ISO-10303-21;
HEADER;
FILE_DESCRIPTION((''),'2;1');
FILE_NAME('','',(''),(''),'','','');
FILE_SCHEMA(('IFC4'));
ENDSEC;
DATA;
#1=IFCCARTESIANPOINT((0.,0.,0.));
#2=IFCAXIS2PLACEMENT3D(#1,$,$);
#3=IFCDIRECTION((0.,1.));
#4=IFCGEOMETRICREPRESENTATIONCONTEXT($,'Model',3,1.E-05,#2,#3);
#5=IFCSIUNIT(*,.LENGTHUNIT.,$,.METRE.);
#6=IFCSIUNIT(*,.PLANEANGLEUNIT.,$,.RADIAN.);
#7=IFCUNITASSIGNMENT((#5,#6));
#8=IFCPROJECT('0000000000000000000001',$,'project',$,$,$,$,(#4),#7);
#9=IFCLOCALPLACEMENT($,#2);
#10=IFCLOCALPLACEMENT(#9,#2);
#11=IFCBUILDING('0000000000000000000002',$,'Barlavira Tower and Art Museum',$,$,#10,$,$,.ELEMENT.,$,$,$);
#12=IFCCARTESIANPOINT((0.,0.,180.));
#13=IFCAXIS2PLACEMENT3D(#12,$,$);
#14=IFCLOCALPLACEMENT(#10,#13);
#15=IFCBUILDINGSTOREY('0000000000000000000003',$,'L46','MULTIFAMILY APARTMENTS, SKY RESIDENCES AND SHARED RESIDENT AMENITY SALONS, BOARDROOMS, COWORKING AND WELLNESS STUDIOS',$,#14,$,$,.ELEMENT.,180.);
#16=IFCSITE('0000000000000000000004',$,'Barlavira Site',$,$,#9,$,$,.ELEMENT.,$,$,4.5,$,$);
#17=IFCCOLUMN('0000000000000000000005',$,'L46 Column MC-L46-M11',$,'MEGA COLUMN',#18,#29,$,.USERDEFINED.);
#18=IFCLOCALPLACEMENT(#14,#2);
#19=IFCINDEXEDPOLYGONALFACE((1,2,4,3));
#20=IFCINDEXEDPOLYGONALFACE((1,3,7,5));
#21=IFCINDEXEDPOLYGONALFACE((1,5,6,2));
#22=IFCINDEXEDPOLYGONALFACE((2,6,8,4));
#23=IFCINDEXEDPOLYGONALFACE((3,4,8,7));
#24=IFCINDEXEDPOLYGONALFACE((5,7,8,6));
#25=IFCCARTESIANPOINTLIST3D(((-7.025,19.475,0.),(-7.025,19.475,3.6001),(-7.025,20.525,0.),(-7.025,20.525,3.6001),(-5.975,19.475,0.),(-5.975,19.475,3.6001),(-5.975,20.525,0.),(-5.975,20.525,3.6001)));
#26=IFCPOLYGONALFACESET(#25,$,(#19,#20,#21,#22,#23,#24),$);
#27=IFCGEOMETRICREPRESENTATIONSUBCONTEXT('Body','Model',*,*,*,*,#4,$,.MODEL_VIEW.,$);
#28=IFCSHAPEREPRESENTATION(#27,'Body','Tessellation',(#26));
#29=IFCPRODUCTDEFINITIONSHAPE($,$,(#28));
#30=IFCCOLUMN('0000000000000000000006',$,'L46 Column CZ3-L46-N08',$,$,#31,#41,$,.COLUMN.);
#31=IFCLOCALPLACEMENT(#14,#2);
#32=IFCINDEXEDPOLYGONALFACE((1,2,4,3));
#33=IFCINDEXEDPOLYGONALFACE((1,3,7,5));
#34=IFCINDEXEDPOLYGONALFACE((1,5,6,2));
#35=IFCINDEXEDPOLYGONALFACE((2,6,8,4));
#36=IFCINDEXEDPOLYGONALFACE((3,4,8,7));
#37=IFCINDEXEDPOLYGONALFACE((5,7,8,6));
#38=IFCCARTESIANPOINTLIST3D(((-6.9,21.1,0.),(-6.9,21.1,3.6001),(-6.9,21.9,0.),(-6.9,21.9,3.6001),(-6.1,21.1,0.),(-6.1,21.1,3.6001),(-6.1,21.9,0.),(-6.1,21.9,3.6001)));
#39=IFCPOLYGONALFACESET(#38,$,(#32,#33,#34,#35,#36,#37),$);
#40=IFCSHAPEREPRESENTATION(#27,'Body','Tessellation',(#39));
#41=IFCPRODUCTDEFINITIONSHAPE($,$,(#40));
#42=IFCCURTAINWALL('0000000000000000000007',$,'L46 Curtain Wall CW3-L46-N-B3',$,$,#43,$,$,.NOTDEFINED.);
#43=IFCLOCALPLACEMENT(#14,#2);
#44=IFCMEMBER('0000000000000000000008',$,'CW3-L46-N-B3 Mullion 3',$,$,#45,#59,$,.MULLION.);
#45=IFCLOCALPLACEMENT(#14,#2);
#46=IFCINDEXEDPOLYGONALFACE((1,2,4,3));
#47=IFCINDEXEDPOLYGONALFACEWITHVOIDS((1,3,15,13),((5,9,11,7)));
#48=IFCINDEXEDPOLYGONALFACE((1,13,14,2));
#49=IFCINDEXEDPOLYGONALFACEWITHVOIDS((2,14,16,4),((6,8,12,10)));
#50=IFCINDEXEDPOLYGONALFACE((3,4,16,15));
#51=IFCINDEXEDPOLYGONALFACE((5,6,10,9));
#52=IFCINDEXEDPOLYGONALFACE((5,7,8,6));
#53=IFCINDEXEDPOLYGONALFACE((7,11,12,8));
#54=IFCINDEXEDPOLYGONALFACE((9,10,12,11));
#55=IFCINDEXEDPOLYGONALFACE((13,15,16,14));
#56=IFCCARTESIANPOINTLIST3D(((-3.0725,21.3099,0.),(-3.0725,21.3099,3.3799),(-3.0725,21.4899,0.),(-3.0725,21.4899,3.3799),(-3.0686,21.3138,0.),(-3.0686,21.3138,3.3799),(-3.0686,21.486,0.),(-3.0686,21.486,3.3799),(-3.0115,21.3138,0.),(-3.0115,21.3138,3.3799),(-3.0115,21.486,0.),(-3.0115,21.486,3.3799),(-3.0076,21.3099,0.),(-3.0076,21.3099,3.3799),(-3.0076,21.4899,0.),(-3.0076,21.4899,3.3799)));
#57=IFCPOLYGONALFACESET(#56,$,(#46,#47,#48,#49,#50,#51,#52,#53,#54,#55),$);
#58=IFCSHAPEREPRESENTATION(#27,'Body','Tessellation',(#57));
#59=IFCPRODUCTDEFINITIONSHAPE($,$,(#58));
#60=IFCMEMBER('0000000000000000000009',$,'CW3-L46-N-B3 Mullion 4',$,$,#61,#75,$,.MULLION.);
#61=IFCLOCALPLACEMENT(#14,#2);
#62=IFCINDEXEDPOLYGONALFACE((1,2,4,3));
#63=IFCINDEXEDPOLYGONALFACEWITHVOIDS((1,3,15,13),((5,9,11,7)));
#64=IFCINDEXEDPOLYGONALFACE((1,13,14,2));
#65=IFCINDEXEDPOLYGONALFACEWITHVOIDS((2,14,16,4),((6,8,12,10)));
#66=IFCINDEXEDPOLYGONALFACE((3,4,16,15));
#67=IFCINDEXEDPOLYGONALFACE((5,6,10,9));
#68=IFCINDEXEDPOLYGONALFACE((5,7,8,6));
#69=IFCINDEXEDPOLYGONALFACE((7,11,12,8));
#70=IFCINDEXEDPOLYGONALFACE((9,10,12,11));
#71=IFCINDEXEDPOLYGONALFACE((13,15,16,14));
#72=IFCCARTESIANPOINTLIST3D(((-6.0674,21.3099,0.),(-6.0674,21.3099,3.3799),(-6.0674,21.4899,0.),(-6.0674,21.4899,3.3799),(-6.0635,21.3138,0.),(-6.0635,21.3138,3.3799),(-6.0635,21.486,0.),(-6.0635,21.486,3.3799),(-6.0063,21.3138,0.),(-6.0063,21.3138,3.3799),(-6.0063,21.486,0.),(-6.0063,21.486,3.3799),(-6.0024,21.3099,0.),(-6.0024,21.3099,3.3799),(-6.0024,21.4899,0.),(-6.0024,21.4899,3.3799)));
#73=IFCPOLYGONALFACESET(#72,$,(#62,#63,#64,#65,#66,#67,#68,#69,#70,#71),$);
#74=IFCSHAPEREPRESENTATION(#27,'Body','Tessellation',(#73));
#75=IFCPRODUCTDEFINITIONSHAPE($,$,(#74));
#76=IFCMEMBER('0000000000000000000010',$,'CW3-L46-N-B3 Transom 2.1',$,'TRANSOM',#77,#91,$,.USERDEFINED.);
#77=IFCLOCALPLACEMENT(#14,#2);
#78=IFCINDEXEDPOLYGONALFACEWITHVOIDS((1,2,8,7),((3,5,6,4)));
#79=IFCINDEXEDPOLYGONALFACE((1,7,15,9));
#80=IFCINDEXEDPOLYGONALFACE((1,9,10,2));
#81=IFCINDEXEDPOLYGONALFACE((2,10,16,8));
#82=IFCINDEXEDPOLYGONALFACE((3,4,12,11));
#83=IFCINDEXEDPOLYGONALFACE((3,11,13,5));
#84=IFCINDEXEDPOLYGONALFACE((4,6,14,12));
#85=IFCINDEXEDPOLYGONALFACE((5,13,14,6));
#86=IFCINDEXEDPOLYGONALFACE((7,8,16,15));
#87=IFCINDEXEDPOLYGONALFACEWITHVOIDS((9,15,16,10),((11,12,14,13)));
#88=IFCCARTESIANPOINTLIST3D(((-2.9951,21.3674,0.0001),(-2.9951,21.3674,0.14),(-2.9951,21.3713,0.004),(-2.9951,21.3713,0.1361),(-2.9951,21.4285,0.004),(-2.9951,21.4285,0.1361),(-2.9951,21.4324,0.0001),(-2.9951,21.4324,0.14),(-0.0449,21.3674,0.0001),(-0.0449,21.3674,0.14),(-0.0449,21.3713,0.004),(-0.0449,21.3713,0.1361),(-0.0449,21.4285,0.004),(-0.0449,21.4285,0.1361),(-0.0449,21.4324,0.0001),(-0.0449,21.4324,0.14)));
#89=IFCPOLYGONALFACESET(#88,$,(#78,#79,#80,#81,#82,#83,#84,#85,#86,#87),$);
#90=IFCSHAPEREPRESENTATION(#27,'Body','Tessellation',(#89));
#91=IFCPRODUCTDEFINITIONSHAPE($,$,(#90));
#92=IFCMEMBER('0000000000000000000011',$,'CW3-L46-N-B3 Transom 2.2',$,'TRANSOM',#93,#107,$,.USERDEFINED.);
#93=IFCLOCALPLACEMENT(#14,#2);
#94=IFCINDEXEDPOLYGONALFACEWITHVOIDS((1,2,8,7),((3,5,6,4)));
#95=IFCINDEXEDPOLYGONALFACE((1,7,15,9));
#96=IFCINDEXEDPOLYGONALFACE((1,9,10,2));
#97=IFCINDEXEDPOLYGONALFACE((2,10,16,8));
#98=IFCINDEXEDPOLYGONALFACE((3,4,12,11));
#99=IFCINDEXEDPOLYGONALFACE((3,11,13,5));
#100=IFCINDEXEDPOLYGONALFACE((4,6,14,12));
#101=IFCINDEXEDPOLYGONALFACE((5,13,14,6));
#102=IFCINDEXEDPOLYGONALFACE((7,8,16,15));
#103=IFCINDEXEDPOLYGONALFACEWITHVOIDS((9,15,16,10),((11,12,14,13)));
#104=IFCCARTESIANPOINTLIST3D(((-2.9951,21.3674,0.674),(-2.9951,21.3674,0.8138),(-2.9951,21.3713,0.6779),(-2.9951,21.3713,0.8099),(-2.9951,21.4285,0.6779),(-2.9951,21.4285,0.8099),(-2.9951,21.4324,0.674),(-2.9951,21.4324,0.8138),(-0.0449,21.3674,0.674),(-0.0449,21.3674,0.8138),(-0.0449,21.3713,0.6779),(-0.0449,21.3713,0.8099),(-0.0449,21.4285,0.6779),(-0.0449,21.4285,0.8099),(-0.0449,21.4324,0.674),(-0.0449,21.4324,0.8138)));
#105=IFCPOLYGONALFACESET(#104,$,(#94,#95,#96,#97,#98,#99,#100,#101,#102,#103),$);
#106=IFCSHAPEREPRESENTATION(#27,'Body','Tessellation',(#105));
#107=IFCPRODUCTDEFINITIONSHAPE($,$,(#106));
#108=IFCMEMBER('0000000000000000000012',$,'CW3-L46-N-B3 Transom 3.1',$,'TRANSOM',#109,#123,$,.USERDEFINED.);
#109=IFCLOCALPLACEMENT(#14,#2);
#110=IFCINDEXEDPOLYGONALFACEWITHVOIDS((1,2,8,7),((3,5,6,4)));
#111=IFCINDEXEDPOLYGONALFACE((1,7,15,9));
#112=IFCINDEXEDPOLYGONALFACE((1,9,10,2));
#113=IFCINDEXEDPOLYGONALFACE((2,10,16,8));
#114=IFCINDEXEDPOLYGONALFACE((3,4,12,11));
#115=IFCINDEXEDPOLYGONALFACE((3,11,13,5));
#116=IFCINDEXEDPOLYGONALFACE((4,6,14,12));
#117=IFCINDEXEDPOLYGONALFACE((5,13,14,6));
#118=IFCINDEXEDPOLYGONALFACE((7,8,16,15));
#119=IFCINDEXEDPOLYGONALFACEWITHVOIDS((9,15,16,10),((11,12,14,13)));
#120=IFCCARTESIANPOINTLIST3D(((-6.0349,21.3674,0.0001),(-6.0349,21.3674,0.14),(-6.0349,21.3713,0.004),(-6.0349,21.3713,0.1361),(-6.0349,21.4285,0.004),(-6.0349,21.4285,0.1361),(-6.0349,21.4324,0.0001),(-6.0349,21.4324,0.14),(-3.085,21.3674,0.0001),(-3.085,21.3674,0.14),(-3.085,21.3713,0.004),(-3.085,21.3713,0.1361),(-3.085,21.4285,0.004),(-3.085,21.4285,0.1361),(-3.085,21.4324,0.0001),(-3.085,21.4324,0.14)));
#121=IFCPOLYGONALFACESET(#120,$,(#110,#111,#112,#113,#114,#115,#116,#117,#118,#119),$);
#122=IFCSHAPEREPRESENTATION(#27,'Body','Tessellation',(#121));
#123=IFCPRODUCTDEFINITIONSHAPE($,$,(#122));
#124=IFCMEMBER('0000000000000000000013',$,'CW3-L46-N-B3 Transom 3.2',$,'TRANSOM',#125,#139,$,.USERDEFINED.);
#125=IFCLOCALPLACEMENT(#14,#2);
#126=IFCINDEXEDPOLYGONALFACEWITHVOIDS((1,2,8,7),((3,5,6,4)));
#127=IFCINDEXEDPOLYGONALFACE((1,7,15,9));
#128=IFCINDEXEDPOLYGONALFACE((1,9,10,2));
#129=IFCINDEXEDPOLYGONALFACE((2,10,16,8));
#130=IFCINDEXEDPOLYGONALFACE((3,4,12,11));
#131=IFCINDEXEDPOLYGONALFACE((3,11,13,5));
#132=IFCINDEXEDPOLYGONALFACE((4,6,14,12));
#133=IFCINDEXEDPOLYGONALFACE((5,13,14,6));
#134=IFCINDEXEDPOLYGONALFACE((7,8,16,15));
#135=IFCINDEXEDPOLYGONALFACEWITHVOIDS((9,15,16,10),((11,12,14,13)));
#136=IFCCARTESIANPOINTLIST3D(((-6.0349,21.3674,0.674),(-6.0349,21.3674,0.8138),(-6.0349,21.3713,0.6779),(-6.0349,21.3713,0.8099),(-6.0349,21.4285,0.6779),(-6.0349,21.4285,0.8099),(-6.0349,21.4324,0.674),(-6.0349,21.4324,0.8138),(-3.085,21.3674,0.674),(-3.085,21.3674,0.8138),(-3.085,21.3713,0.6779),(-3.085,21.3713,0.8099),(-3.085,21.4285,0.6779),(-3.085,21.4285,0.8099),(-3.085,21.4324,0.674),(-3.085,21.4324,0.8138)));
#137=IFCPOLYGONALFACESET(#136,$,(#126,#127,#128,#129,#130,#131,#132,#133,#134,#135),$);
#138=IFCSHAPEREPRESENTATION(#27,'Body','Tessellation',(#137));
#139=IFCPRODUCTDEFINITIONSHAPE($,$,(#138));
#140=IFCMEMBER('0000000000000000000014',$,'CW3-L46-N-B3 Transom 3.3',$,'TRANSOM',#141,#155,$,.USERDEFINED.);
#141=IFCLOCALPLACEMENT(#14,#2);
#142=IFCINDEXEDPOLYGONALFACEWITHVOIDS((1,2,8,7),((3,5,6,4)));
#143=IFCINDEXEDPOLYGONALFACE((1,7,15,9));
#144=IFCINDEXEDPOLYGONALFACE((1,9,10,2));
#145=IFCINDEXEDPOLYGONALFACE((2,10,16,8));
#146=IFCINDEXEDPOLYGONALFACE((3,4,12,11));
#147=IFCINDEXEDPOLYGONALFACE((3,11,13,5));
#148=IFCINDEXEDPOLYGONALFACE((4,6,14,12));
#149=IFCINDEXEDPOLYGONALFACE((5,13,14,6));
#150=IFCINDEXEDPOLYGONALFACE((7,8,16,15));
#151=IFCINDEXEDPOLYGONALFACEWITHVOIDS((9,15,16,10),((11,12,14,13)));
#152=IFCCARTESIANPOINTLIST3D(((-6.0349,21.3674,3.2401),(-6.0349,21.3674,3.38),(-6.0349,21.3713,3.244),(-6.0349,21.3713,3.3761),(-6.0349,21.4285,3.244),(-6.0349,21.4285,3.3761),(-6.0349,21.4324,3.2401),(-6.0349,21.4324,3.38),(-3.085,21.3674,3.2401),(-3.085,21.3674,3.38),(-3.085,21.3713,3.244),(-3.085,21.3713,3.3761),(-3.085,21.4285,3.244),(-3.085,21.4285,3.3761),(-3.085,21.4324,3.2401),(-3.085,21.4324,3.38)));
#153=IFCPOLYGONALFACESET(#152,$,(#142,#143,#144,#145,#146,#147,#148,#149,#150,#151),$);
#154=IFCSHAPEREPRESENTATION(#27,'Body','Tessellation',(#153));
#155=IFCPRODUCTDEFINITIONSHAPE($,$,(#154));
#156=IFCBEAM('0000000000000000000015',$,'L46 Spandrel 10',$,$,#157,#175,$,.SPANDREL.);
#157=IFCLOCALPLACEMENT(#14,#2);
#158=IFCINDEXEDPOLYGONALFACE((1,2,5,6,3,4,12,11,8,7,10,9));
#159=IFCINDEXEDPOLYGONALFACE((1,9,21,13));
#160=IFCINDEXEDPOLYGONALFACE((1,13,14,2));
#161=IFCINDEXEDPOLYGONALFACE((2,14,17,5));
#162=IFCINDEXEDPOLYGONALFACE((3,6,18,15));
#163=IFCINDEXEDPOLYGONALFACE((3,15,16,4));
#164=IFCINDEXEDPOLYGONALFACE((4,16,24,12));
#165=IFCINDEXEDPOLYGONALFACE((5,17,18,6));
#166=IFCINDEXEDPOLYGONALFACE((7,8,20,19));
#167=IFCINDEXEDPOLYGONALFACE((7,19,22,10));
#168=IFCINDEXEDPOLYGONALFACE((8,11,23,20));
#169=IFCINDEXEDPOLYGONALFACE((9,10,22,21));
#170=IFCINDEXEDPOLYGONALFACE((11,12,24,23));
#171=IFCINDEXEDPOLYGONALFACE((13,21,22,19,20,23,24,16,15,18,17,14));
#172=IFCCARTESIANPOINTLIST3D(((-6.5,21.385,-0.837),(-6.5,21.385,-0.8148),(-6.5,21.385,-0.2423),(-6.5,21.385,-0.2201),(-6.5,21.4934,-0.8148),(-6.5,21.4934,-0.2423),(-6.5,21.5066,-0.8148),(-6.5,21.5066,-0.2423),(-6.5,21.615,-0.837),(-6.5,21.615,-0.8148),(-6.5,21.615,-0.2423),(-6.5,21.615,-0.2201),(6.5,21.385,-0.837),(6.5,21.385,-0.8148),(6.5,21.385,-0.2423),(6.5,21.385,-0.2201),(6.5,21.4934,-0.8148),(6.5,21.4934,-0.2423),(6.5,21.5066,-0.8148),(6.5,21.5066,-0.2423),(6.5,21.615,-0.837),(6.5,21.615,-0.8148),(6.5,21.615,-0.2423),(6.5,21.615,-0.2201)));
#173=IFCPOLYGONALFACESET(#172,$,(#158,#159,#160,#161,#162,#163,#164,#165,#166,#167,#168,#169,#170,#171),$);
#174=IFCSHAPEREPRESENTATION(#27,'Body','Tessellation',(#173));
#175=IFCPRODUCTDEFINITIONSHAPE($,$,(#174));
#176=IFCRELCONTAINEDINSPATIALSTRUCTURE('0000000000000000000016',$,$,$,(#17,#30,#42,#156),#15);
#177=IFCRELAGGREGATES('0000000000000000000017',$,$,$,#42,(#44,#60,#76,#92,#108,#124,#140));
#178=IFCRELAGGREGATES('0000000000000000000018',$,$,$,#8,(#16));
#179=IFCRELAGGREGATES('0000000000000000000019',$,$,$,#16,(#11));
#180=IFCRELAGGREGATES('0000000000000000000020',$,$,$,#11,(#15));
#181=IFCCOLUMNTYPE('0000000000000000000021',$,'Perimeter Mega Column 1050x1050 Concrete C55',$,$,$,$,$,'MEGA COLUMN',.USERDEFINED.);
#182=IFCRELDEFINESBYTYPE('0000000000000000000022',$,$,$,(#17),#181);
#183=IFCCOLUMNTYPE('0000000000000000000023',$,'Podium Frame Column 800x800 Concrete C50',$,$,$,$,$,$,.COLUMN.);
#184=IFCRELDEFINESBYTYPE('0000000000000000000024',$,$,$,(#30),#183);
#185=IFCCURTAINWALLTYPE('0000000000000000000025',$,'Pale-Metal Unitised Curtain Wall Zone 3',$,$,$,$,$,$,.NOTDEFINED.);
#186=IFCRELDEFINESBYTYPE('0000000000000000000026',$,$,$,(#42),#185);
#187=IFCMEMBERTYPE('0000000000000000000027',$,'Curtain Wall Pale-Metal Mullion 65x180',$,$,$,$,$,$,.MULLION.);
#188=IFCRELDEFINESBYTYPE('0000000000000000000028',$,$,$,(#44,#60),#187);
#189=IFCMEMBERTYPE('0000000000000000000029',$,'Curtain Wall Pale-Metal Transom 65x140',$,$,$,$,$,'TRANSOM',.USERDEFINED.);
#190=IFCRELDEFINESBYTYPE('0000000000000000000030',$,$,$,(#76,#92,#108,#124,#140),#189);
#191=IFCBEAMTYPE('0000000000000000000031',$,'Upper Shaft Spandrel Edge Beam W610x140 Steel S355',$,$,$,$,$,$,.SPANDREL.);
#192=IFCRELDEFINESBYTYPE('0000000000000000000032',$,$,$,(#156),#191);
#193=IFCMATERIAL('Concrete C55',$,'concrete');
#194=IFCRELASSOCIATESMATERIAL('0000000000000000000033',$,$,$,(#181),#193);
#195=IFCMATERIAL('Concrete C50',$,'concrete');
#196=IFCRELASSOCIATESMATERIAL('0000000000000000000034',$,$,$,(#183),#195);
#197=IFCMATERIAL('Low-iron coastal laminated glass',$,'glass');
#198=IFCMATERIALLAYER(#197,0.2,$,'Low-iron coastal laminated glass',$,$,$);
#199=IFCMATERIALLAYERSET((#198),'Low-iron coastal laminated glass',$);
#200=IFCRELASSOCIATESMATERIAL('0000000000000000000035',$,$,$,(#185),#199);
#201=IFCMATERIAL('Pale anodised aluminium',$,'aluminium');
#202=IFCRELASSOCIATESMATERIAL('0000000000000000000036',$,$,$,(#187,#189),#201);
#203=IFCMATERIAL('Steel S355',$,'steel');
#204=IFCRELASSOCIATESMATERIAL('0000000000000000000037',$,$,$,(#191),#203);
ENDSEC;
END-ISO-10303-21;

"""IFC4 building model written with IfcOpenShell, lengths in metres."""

from ifc_helpers import new_model, si_unit, direction, frame, origin, origin_2d, place, context, subcontext, project, spatial, rectangle, hollow_rectangle, i_section, extrude, material, layer, layer_set, material_profile, profile_set, type_object, element, aggregate, save


model = new_model("IFC4")

# Units and contexts
model_context = context("Model", 3, precision=1e-05, world=origin(), true_north=direction((0.0, 1.0)))
body_context = subcontext(model_context, "Body", "Model", "MODEL_VIEW")
ifc_project = project(units=[si_unit("LENGTHUNIT", "METRE"), si_unit("PLANEANGLEUNIT", "RADIAN")], contexts=[model_context])

# Site, building, storey
site_placement = place(None, origin())
site = spatial("IfcSite", under=ifc_project, at=site_placement, Name="Barlavira Site", CompositionType="ELEMENT", RefElevation=4.5)
building_placement = place(site_placement, origin())
building = spatial("IfcBuilding", under=site, at=building_placement, Name="Barlavira Tower and Art Museum", CompositionType="ELEMENT")
storey_placement = place(building_placement, frame((0.0, 0.0, 180.0)))
storey = spatial("IfcBuildingStorey", under=building, at=storey_placement, Name="L46", Description="MULTIFAMILY APARTMENTS, SKY RESIDENCES AND SHARED RESIDENT AMENITY SALONS, BOARDROOMS, COWORKING AND WELLNESS STUDIOS", CompositionType="ELEMENT", Elevation=180.0)

# Columns
ifc_material_1 = material(Name="Concrete C55", Category="concrete")
ifc_material_profile_1 = material_profile(ifc_material_1, rectangle(XDim=1.05, YDim=1.05, at=origin_2d()), Name="RC-COL 1050x1050")
ifc_profile_set_1 = profile_set([ifc_material_profile_1], Name="Concrete C55")
column_type_1 = type_object("IfcColumnType", Name="Perimeter Mega Column 1050x1050 Concrete C55", ElementType="MEGA COLUMN", PredefinedType="USERDEFINED", material=ifc_profile_set_1)
column_1_placement = place(storey_placement, frame((-6.5, 20.0, 0.0), z_axis=(0.0, 0.0, 1.0), x_axis=(1.0, 0.0, 0.0)))
element("IfcColumn", 1, at=column_1_placement, inside=storey, type_object=column_type_1, Name="L46 Column MC-L46-M11", ObjectType="MEGA COLUMN", PredefinedType="USERDEFINED", context=body_context, shape_type="SweptSolid", body=[
    extrude(rectangle(XDim=1.05, YDim=1.05, at=origin_2d()), origin(), (0.0, 0.0, 1.0), 3.6001),
])
ifc_material_2 = material(Name="Concrete C50", Category="concrete")
ifc_material_profile_2 = material_profile(ifc_material_2, rectangle(XDim=0.8, YDim=0.8, at=origin_2d()), Name="RC-COL 800x800")
ifc_profile_set_2 = profile_set([ifc_material_profile_2], Name="Concrete C50")
column_type_2 = type_object("IfcColumnType", Name="Podium Frame Column 800x800 Concrete C50", PredefinedType="COLUMN", material=ifc_profile_set_2)
column_2_placement = place(storey_placement, frame((-6.5, 21.5, 0.0), z_axis=(0.0, 0.0, 1.0), x_axis=(1.0, 0.0, 0.0)))
element("IfcColumn", 2, at=column_2_placement, inside=storey, type_object=column_type_2, Name="L46 Column CZ3-L46-N08", PredefinedType="COLUMN", context=body_context, shape_type="SweptSolid", body=[
    extrude(rectangle(XDim=0.8, YDim=0.8, at=origin_2d()), origin(), (0.0, 0.0, 1.0), 3.6001),
])

# Curtain wall, members
ifc_material_3 = material(Name="Low-iron coastal laminated glass", Category="glass")
ifc_layer_1 = layer(ifc_material_3, 0.2, Name="Low-iron coastal laminated glass")
ifc_layer_set_1 = layer_set([ifc_layer_1], Name="Low-iron coastal laminated glass")
curtain_wall_type = type_object("IfcCurtainWallType", Name="Pale-Metal Unitised Curtain Wall Zone 3", PredefinedType="NOTDEFINED", material=ifc_layer_set_1)
curtain_wall_placement = place(storey_placement, origin())
curtain_wall = element("IfcCurtainWall", 3, at=curtain_wall_placement, inside=storey, type_object=curtain_wall_type, Name="L46 Curtain Wall CW3-L46-N-B3", PredefinedType="NOTDEFINED")
ifc_material_4 = material(Name="Pale anodised aluminium", Category="aluminium")
ifc_material_profile_3 = material_profile(ifc_material_4, hollow_rectangle(XDim=0.0649, YDim=0.1799, WallThickness=0.0039, at=origin_2d()), Name="ALU-MULL 65x180x4")
ifc_profile_set_3 = profile_set([ifc_material_profile_3], Name="Pale anodised aluminium")
member_type_1 = type_object("IfcMemberType", Name="Curtain Wall Pale-Metal Mullion 65x180", PredefinedType="MULLION", material=ifc_profile_set_3)
member_1_placement = place(storey_placement, frame((-3.04, 21.3999, 0.0), z_axis=(0.0, 0.0, 1.0), x_axis=(-1.0, 0.0, 0.0)))
member_1 = element("IfcMember", 4, at=member_1_placement, type_object=member_type_1, Name="CW3-L46-N-B3 Mullion 3", PredefinedType="MULLION", context=body_context, shape_type="SweptSolid", body=[
    extrude(hollow_rectangle(XDim=0.0649, YDim=0.1799, WallThickness=0.0039, at=origin_2d()), origin(), (0.0, 0.0, 1.0), 3.3799),
])
member_2_placement = place(storey_placement, frame((-6.0349, 21.3999, 0.0), z_axis=(0.0, 0.0, 1.0), x_axis=(-1.0, 0.0, 0.0)))
member_2 = element("IfcMember", 5, at=member_2_placement, type_object=member_type_1, Name="CW3-L46-N-B3 Mullion 4", PredefinedType="MULLION", context=body_context, shape_type="SweptSolid", body=[
    extrude(hollow_rectangle(XDim=0.0649, YDim=0.1799, WallThickness=0.0039, at=origin_2d()), origin(), (0.0, 0.0, 1.0), 3.3799),
])
ifc_material_profile_4 = material_profile(ifc_material_4, hollow_rectangle(XDim=0.0649, YDim=0.1399, WallThickness=0.0039, at=origin_2d()), Name="ALU-TRAN 65x140x4")
ifc_profile_set_4 = profile_set([ifc_material_profile_4], Name="Pale anodised aluminium")
member_type_2 = type_object("IfcMemberType", Name="Curtain Wall Pale-Metal Transom 65x140", ElementType="TRANSOM", PredefinedType="USERDEFINED", material=ifc_profile_set_4)
member_3_placement = place(storey_placement, frame((-0.0449, 21.3999, 0.0701), z_axis=(-1.0, 0.0, 0.0), x_axis=(0.0, -1.0, 0.0)))
member_3 = element("IfcMember", 6, at=member_3_placement, type_object=member_type_2, Name="CW3-L46-N-B3 Transom 2.1", ObjectType="TRANSOM", PredefinedType="USERDEFINED", context=body_context, shape_type="SweptSolid", body=[
    extrude(hollow_rectangle(XDim=0.0649, YDim=0.1399, WallThickness=0.0039, at=origin_2d()), origin(), (0.0, 0.0, 1.0), 2.9502),
])
member_4_placement = place(storey_placement, frame((-0.0449, 21.3999, 0.7439), z_axis=(-1.0, 0.0, 0.0), x_axis=(0.0, -1.0, 0.0)))
member_4 = element("IfcMember", 7, at=member_4_placement, type_object=member_type_2, Name="CW3-L46-N-B3 Transom 2.2", ObjectType="TRANSOM", PredefinedType="USERDEFINED", context=body_context, shape_type="SweptSolid", body=[
    extrude(hollow_rectangle(XDim=0.0649, YDim=0.1399, WallThickness=0.0039, at=origin_2d()), origin(), (0.0, 0.0, 1.0), 2.9502),
])
member_5_placement = place(storey_placement, frame((-3.085, 21.3999, 0.0701), z_axis=(-1.0, 0.0, 0.0), x_axis=(0.0, -1.0, 0.0)))
member_5 = element("IfcMember", 8, at=member_5_placement, type_object=member_type_2, Name="CW3-L46-N-B3 Transom 3.1", ObjectType="TRANSOM", PredefinedType="USERDEFINED", context=body_context, shape_type="SweptSolid", body=[
    extrude(hollow_rectangle(XDim=0.0649, YDim=0.1399, WallThickness=0.0039, at=origin_2d()), origin(), (0.0, 0.0, 1.0), 2.95),
])
member_6_placement = place(storey_placement, frame((-3.085, 21.3999, 0.7439), z_axis=(-1.0, 0.0, 0.0), x_axis=(0.0, -1.0, 0.0)))
member_6 = element("IfcMember", 9, at=member_6_placement, type_object=member_type_2, Name="CW3-L46-N-B3 Transom 3.2", ObjectType="TRANSOM", PredefinedType="USERDEFINED", context=body_context, shape_type="SweptSolid", body=[
    extrude(hollow_rectangle(XDim=0.0649, YDim=0.1399, WallThickness=0.0039, at=origin_2d()), origin(), (0.0, 0.0, 1.0), 2.95),
])
member_7_placement = place(storey_placement, frame((-3.085, 21.3999, 3.3101), z_axis=(-1.0, 0.0, 0.0), x_axis=(0.0, -1.0, 0.0)))
member_7 = element("IfcMember", 10, at=member_7_placement, type_object=member_type_2, Name="CW3-L46-N-B3 Transom 3.3", ObjectType="TRANSOM", PredefinedType="USERDEFINED", context=body_context, shape_type="SweptSolid", body=[
    extrude(hollow_rectangle(XDim=0.0649, YDim=0.1399, WallThickness=0.0039, at=origin_2d()), origin(), (0.0, 0.0, 1.0), 2.95),
])

# Beam
ifc_material_5 = material(Name="Steel S355", Category="steel")
ifc_material_profile_5 = material_profile(ifc_material_5, i_section(OverallWidth=0.23, OverallDepth=0.6169, WebThickness=0.0132, FlangeThickness=0.0222, at=origin_2d()), Name="W610x140.0")
ifc_profile_set_5 = profile_set([ifc_material_profile_5], Name="Steel S355")
beam_type_1 = type_object("IfcBeamType", Name="Upper Shaft Spandrel Edge Beam W610x140 Steel S355", PredefinedType="SPANDREL", material=ifc_profile_set_5)
beam_1_placement = place(storey_placement, frame((-6.5, 21.5, -0.5286), z_axis=(1.0, 0.0, 0.0), x_axis=(0.0, 1.0, 0.0)))
element("IfcBeam", 11, at=beam_1_placement, inside=storey, type_object=beam_type_1, Name="L46 Spandrel 10", PredefinedType="SPANDREL", context=body_context, shape_type="SweptSolid", body=[
    extrude(i_section(OverallWidth=0.23, OverallDepth=0.6169, WebThickness=0.0132, FlangeThickness=0.0222, at=origin_2d()), origin(), (0.0, 0.0, 1.0), 13.0),
])

aggregate(curtain_wall, [member_1, member_2, member_3, member_4, member_5, member_6, member_7])

save(model, "model.ifc")
